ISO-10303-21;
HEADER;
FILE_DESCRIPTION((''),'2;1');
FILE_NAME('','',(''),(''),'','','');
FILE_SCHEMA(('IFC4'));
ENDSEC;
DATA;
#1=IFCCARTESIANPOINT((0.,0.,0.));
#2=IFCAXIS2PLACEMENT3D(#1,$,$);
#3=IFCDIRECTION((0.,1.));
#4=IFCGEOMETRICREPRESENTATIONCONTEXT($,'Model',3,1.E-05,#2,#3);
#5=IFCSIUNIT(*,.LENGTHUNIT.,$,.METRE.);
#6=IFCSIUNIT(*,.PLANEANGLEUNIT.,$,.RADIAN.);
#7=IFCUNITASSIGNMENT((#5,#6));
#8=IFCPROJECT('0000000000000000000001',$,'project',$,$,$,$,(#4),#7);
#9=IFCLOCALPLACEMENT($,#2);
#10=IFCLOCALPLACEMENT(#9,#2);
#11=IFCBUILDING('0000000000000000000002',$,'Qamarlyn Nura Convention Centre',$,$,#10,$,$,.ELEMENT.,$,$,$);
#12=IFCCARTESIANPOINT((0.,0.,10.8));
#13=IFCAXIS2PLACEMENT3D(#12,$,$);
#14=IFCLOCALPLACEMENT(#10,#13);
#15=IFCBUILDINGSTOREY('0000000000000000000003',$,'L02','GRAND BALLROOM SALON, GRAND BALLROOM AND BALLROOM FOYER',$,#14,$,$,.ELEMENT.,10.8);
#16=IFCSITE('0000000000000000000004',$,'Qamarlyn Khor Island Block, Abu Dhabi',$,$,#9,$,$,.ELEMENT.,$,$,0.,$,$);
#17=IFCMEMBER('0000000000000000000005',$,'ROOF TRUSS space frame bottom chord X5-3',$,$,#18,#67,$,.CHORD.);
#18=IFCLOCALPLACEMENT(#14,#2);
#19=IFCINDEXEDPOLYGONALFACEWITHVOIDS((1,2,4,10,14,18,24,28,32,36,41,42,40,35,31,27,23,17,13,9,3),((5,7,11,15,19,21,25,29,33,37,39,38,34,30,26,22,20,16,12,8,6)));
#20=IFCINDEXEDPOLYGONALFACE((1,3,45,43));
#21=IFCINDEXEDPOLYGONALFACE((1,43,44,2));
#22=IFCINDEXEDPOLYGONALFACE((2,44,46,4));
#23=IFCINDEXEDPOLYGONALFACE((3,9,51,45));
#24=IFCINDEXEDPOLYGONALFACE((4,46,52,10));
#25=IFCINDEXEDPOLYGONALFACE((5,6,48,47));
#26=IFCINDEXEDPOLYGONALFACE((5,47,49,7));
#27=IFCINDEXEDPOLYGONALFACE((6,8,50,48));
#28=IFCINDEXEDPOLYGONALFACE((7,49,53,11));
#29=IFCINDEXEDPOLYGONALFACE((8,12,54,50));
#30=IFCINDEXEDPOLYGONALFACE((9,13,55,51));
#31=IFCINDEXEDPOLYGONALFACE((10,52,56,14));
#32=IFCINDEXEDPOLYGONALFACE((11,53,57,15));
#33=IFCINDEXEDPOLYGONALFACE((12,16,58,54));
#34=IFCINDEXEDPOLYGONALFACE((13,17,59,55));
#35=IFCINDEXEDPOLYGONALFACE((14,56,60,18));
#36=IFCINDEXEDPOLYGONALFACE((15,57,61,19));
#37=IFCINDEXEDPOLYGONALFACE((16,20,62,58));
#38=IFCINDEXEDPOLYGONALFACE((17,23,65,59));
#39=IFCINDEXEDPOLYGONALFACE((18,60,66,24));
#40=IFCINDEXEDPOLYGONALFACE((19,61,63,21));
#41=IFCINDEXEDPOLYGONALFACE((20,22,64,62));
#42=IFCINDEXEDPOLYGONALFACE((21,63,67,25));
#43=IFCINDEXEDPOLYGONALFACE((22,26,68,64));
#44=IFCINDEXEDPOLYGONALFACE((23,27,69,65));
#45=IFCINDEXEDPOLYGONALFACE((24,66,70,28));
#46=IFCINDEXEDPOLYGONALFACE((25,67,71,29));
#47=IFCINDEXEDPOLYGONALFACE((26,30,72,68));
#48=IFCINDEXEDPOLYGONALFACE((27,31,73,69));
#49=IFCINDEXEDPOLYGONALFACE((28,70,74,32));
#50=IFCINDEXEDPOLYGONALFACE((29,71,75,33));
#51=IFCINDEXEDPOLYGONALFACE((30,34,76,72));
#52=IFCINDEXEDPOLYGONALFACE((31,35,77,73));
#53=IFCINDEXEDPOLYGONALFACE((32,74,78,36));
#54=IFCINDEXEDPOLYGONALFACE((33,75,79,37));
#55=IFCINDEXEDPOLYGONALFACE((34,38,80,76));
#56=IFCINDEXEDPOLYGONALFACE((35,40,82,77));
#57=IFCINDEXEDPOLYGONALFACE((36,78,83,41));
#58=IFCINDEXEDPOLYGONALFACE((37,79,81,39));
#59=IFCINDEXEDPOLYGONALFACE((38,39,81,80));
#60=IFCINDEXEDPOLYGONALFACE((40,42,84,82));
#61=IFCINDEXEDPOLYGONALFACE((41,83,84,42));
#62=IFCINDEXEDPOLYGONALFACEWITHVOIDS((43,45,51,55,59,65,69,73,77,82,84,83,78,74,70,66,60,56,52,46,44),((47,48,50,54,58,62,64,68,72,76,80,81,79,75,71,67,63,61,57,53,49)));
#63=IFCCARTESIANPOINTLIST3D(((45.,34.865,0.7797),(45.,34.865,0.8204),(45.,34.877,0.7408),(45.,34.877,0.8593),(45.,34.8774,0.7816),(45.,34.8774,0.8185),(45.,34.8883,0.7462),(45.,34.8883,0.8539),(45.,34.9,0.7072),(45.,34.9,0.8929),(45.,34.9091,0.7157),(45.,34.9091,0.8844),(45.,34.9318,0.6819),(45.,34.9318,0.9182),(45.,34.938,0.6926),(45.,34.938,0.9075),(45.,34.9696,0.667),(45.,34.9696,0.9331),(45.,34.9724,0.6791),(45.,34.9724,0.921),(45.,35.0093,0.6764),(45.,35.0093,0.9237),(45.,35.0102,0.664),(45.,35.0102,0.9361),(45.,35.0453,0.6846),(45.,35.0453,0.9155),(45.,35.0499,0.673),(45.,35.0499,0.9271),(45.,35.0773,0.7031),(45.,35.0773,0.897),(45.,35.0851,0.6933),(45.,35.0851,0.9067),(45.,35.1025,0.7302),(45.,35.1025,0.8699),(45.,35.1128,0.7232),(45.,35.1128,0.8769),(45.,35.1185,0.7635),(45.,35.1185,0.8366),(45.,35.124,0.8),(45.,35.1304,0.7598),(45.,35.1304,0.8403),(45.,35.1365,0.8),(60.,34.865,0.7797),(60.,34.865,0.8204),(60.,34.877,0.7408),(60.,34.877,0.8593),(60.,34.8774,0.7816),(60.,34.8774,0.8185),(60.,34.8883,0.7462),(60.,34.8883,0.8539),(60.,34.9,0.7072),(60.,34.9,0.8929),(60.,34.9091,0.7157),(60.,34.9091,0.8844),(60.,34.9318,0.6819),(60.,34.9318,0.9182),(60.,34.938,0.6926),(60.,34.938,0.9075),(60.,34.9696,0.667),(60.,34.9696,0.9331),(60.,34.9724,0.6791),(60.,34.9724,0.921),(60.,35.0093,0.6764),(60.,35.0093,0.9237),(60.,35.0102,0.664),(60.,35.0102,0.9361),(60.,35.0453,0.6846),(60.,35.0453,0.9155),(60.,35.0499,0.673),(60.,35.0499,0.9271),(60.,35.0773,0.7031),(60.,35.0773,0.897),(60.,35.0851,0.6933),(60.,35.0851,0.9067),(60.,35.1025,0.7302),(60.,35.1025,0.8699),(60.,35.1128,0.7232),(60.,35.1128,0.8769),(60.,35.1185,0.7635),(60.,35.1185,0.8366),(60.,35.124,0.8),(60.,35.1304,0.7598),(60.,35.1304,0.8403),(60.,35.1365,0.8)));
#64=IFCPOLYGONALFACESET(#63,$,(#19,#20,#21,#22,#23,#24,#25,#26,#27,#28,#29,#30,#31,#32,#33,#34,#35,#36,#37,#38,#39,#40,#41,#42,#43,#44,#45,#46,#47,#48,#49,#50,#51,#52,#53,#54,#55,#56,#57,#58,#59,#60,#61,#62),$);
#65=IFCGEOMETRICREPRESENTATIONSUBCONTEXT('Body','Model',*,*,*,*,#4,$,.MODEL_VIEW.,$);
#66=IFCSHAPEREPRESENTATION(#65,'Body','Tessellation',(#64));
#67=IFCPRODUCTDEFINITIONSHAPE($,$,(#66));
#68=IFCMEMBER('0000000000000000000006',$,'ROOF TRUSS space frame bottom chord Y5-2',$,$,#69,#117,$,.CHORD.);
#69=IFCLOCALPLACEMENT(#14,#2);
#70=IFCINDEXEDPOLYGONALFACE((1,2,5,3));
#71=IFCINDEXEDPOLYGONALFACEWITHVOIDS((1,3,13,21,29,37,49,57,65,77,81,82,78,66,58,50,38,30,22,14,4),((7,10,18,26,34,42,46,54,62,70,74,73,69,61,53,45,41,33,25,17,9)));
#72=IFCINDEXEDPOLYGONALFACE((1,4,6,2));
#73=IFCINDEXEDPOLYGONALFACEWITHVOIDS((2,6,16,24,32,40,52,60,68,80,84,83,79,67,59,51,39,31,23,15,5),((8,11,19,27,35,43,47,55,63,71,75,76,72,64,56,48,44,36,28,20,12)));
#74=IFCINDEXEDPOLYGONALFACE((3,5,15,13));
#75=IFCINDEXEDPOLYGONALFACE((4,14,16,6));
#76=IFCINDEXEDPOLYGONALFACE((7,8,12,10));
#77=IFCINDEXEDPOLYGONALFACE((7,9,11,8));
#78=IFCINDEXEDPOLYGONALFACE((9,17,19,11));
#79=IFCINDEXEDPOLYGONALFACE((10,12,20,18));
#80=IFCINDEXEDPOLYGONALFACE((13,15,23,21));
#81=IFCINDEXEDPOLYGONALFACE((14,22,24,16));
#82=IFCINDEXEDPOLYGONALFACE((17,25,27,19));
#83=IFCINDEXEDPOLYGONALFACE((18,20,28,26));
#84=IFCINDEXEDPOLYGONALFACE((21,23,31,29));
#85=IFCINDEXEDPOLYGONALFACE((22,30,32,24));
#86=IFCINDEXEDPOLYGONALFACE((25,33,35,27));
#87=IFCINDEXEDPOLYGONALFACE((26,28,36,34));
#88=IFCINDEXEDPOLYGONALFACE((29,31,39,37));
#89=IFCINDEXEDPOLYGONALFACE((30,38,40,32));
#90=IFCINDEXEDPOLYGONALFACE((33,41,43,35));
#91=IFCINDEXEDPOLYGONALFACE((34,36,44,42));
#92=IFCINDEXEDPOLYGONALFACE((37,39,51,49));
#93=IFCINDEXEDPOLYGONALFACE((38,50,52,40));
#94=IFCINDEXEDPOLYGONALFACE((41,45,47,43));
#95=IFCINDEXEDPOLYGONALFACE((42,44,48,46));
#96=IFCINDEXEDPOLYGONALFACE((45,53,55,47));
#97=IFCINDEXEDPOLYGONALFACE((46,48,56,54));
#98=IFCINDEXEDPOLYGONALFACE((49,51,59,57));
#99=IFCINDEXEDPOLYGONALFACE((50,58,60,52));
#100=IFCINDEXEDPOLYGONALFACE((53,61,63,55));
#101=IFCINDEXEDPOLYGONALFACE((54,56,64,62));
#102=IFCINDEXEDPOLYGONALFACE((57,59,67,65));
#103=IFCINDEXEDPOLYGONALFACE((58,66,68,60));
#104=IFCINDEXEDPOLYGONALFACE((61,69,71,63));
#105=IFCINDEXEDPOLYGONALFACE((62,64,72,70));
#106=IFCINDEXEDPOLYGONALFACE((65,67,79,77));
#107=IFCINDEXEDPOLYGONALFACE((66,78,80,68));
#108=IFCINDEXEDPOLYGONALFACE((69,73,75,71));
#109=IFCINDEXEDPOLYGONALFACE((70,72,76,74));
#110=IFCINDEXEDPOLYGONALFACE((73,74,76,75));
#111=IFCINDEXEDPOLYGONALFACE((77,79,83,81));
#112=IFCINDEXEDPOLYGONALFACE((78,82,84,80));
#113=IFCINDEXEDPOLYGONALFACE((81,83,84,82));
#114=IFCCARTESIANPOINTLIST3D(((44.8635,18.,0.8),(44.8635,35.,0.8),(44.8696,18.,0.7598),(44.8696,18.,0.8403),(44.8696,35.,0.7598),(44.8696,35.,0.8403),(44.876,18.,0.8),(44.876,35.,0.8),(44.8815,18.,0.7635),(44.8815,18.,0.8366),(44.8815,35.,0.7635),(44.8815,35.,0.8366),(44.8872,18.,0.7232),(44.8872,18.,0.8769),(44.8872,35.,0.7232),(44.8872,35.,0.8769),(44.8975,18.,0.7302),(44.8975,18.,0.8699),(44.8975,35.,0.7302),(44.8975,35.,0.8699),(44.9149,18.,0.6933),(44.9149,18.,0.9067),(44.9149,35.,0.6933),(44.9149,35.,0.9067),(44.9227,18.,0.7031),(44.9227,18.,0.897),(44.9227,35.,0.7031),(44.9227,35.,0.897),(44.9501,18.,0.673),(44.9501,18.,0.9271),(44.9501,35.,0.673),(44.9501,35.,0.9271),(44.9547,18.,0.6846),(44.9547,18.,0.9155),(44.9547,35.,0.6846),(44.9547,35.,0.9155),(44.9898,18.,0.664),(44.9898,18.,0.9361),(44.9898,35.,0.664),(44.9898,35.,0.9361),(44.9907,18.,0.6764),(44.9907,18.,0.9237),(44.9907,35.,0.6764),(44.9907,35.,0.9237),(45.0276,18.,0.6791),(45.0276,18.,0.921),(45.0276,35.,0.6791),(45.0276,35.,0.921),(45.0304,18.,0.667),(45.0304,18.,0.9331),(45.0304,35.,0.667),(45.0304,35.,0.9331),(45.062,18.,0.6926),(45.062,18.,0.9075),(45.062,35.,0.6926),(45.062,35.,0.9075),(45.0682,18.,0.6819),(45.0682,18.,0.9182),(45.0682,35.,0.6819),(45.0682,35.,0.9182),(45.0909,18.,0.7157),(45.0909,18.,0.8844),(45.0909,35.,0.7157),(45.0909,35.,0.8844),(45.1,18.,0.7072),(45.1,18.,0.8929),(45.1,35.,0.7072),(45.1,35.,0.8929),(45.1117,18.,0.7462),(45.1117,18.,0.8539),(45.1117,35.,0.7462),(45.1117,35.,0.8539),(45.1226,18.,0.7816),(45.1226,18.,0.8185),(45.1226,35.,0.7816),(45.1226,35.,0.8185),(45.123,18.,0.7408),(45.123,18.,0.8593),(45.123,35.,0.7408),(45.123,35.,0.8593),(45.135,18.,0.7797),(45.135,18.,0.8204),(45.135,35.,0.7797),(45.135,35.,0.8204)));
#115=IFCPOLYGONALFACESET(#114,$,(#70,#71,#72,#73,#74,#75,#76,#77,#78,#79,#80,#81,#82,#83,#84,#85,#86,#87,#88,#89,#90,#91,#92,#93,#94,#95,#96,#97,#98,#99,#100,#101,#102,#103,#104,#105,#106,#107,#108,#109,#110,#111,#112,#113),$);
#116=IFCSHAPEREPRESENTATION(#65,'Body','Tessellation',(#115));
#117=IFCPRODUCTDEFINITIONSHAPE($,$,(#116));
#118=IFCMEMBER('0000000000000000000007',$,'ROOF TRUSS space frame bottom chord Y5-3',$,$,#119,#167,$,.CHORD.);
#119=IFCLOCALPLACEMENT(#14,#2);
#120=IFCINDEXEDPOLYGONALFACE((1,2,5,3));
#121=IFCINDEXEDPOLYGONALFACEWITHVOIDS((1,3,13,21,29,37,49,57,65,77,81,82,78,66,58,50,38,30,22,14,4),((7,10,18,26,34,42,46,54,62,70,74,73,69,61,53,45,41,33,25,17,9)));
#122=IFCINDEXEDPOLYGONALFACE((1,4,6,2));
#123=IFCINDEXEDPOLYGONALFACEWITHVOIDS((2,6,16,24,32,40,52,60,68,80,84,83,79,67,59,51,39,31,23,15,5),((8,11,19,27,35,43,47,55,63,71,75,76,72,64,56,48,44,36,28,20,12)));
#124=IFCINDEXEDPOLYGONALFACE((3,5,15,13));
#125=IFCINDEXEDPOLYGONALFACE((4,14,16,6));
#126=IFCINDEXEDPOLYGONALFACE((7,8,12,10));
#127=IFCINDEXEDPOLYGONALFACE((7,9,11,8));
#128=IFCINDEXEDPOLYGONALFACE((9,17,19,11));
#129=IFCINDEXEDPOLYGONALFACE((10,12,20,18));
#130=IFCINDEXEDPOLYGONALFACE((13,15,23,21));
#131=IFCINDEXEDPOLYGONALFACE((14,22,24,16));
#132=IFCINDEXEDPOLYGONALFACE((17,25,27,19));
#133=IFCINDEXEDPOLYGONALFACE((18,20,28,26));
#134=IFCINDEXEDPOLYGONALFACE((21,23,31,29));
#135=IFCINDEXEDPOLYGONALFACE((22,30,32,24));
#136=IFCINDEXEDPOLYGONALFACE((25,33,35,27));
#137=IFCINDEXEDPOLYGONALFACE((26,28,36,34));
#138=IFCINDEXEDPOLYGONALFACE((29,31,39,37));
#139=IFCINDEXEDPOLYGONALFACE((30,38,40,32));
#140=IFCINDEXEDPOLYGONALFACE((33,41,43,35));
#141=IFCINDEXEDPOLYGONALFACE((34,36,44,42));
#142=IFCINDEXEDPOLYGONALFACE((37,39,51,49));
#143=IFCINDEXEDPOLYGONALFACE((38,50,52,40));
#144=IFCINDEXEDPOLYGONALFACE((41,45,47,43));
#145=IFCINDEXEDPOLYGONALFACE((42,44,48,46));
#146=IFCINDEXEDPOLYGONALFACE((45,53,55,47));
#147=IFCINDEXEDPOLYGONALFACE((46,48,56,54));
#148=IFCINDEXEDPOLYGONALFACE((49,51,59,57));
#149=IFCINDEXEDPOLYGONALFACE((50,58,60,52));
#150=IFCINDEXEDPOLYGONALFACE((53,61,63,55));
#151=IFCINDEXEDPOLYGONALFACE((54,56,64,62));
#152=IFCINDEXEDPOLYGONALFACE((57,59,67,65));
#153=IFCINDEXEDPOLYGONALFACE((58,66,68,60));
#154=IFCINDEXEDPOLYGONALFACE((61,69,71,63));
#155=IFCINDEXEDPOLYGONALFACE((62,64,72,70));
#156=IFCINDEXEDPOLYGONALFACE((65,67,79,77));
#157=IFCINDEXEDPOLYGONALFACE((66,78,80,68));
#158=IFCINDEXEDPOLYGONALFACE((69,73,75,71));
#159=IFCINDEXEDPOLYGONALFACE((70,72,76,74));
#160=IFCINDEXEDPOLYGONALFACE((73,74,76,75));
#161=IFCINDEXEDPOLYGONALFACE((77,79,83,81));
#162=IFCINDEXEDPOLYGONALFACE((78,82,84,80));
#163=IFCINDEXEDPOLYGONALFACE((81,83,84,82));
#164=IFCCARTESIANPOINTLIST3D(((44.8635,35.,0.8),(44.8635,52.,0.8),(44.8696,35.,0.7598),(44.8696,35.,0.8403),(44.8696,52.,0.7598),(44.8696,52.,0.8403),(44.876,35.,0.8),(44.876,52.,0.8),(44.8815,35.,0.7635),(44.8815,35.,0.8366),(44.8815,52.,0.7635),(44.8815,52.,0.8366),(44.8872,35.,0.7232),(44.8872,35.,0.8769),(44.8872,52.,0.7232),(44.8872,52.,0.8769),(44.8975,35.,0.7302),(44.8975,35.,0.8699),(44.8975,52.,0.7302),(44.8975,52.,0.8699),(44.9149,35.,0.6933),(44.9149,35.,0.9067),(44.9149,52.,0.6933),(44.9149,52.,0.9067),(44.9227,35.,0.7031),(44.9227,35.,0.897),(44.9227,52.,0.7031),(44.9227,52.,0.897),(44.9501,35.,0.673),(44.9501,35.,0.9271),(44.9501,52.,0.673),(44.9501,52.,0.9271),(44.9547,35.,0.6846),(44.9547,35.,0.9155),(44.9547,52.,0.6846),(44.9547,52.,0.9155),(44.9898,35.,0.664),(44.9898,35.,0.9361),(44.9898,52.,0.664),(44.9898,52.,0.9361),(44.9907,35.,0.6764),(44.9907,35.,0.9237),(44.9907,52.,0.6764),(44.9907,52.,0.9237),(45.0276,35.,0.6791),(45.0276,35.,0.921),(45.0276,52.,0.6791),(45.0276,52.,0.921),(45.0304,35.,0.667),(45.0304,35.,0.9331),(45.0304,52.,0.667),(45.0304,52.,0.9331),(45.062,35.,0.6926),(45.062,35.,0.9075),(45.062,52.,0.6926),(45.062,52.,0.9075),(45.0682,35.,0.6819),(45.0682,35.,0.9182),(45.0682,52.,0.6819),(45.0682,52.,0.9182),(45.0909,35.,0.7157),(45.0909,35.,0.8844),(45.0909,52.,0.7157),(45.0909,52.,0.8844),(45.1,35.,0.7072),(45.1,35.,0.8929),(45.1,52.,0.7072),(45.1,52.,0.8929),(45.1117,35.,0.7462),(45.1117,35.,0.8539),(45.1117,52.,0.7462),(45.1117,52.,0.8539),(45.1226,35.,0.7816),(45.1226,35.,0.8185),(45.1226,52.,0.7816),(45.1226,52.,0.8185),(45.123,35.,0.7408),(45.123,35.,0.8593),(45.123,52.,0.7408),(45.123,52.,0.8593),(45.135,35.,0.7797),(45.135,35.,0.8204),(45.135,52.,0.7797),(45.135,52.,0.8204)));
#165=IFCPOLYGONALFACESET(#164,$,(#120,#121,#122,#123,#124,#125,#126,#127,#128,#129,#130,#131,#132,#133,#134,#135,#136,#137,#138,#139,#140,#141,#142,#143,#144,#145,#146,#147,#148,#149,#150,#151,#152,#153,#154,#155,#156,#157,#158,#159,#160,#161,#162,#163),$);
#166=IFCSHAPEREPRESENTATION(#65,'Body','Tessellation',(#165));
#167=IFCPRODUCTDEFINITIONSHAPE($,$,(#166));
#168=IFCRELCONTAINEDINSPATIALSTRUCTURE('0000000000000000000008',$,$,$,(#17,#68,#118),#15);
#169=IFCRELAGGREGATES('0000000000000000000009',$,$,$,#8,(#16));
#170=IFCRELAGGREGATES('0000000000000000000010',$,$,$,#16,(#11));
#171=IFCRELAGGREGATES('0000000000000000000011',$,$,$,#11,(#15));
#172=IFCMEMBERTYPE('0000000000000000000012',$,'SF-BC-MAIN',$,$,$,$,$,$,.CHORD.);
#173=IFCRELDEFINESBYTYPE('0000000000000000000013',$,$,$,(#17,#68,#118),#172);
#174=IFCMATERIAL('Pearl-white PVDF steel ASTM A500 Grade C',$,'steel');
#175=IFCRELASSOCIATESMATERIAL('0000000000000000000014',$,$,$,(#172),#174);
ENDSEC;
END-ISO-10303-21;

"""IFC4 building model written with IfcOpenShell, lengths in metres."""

from ifc_helpers import new_model, si_unit, direction, frame, origin, origin_2d, place, context, subcontext, project, spatial, hollow_circle, extrude, material, material_profile, profile_set, type_object, element, save


model = new_model("IFC4")

# Units and contexts
model_context = context("Model", 3, precision=1e-05, world=origin(), true_north=direction((0.0, 1.0)))
body_context = subcontext(model_context, "Body", "Model", "MODEL_VIEW")
ifc_project = project(units=[si_unit("LENGTHUNIT", "METRE"), si_unit("PLANEANGLEUNIT", "RADIAN")], contexts=[model_context])

# Site, building, storey
site_placement = place(None, origin())
site = spatial("IfcSite", under=ifc_project, at=site_placement, Name="Qamarlyn Khor Island Block, Abu Dhabi", CompositionType="ELEMENT", RefElevation=0.0)
building_placement = place(site_placement, origin())
building = spatial("IfcBuilding", under=site, at=building_placement, Name="Qamarlyn Nura Convention Centre", CompositionType="ELEMENT")
storey_placement = place(building_placement, frame((0.0, 0.0, 10.8)))
storey = spatial("IfcBuildingStorey", under=building, at=storey_placement, Name="L02", Description="GRAND BALLROOM SALON, GRAND BALLROOM AND BALLROOM FOYER", CompositionType="ELEMENT", Elevation=10.8)

# Shared definitions
ifc_material_1 = material(Name="Pearl-white PVDF steel ASTM A500 Grade C", Category="steel")

# Members
ifc_material_profile_1 = material_profile(ifc_material_1, hollow_circle(Radius=0.1365, WallThickness=0.0125, at=origin_2d()), Name="CHS273X12.5")
ifc_profile_set_1 = profile_set([ifc_material_profile_1], Name="Pearl-white PVDF steel ASTM A500 Grade C")
member_type_1 = type_object("IfcMemberType", Name="SF-BC-MAIN", PredefinedType="CHORD", material=ifc_profile_set_1)
for number, where, z_axis, x_axis, name in (
    (1, (45.0, 35.0, 0.8), (1.0, 0.0, 0.0), (0.0, 1.0, 0.0), "ROOF TRUSS space frame bottom chord X5-3"),
):
    element("IfcMember", number, at=place(storey_placement, frame(where, z_axis=z_axis, x_axis=x_axis)), inside=storey, type_object=member_type_1, Name=name, PredefinedType="CHORD", context=body_context, shape_type="SweptSolid", body=[
        extrude(hollow_circle(Radius=0.1365, WallThickness=0.0125, at=origin_2d()), origin(), (0.0, 0.0, 1.0), 15.0),
    ])
for number, where, z_axis, x_axis, name in (
    (2, (45.0, 18.0, 0.8), (0.0, 1.0, 0.0), (-1.0, 0.0, 0.0), "ROOF TRUSS space frame bottom chord Y5-2"),
    (3, (45.0, 35.0, 0.8), (0.0, 1.0, 0.0), (-1.0, 0.0, 0.0), "ROOF TRUSS space frame bottom chord Y5-3"),
):
    element("IfcMember", number, at=place(storey_placement, frame(where, z_axis=z_axis, x_axis=x_axis)), inside=storey, type_object=member_type_1, Name=name, PredefinedType="CHORD", context=body_context, shape_type="SweptSolid", body=[
        extrude(hollow_circle(Radius=0.1365, WallThickness=0.0125, at=origin_2d()), origin(), (0.0, 0.0, 1.0), 17.0),
    ])

save(model, "model.ifc")
